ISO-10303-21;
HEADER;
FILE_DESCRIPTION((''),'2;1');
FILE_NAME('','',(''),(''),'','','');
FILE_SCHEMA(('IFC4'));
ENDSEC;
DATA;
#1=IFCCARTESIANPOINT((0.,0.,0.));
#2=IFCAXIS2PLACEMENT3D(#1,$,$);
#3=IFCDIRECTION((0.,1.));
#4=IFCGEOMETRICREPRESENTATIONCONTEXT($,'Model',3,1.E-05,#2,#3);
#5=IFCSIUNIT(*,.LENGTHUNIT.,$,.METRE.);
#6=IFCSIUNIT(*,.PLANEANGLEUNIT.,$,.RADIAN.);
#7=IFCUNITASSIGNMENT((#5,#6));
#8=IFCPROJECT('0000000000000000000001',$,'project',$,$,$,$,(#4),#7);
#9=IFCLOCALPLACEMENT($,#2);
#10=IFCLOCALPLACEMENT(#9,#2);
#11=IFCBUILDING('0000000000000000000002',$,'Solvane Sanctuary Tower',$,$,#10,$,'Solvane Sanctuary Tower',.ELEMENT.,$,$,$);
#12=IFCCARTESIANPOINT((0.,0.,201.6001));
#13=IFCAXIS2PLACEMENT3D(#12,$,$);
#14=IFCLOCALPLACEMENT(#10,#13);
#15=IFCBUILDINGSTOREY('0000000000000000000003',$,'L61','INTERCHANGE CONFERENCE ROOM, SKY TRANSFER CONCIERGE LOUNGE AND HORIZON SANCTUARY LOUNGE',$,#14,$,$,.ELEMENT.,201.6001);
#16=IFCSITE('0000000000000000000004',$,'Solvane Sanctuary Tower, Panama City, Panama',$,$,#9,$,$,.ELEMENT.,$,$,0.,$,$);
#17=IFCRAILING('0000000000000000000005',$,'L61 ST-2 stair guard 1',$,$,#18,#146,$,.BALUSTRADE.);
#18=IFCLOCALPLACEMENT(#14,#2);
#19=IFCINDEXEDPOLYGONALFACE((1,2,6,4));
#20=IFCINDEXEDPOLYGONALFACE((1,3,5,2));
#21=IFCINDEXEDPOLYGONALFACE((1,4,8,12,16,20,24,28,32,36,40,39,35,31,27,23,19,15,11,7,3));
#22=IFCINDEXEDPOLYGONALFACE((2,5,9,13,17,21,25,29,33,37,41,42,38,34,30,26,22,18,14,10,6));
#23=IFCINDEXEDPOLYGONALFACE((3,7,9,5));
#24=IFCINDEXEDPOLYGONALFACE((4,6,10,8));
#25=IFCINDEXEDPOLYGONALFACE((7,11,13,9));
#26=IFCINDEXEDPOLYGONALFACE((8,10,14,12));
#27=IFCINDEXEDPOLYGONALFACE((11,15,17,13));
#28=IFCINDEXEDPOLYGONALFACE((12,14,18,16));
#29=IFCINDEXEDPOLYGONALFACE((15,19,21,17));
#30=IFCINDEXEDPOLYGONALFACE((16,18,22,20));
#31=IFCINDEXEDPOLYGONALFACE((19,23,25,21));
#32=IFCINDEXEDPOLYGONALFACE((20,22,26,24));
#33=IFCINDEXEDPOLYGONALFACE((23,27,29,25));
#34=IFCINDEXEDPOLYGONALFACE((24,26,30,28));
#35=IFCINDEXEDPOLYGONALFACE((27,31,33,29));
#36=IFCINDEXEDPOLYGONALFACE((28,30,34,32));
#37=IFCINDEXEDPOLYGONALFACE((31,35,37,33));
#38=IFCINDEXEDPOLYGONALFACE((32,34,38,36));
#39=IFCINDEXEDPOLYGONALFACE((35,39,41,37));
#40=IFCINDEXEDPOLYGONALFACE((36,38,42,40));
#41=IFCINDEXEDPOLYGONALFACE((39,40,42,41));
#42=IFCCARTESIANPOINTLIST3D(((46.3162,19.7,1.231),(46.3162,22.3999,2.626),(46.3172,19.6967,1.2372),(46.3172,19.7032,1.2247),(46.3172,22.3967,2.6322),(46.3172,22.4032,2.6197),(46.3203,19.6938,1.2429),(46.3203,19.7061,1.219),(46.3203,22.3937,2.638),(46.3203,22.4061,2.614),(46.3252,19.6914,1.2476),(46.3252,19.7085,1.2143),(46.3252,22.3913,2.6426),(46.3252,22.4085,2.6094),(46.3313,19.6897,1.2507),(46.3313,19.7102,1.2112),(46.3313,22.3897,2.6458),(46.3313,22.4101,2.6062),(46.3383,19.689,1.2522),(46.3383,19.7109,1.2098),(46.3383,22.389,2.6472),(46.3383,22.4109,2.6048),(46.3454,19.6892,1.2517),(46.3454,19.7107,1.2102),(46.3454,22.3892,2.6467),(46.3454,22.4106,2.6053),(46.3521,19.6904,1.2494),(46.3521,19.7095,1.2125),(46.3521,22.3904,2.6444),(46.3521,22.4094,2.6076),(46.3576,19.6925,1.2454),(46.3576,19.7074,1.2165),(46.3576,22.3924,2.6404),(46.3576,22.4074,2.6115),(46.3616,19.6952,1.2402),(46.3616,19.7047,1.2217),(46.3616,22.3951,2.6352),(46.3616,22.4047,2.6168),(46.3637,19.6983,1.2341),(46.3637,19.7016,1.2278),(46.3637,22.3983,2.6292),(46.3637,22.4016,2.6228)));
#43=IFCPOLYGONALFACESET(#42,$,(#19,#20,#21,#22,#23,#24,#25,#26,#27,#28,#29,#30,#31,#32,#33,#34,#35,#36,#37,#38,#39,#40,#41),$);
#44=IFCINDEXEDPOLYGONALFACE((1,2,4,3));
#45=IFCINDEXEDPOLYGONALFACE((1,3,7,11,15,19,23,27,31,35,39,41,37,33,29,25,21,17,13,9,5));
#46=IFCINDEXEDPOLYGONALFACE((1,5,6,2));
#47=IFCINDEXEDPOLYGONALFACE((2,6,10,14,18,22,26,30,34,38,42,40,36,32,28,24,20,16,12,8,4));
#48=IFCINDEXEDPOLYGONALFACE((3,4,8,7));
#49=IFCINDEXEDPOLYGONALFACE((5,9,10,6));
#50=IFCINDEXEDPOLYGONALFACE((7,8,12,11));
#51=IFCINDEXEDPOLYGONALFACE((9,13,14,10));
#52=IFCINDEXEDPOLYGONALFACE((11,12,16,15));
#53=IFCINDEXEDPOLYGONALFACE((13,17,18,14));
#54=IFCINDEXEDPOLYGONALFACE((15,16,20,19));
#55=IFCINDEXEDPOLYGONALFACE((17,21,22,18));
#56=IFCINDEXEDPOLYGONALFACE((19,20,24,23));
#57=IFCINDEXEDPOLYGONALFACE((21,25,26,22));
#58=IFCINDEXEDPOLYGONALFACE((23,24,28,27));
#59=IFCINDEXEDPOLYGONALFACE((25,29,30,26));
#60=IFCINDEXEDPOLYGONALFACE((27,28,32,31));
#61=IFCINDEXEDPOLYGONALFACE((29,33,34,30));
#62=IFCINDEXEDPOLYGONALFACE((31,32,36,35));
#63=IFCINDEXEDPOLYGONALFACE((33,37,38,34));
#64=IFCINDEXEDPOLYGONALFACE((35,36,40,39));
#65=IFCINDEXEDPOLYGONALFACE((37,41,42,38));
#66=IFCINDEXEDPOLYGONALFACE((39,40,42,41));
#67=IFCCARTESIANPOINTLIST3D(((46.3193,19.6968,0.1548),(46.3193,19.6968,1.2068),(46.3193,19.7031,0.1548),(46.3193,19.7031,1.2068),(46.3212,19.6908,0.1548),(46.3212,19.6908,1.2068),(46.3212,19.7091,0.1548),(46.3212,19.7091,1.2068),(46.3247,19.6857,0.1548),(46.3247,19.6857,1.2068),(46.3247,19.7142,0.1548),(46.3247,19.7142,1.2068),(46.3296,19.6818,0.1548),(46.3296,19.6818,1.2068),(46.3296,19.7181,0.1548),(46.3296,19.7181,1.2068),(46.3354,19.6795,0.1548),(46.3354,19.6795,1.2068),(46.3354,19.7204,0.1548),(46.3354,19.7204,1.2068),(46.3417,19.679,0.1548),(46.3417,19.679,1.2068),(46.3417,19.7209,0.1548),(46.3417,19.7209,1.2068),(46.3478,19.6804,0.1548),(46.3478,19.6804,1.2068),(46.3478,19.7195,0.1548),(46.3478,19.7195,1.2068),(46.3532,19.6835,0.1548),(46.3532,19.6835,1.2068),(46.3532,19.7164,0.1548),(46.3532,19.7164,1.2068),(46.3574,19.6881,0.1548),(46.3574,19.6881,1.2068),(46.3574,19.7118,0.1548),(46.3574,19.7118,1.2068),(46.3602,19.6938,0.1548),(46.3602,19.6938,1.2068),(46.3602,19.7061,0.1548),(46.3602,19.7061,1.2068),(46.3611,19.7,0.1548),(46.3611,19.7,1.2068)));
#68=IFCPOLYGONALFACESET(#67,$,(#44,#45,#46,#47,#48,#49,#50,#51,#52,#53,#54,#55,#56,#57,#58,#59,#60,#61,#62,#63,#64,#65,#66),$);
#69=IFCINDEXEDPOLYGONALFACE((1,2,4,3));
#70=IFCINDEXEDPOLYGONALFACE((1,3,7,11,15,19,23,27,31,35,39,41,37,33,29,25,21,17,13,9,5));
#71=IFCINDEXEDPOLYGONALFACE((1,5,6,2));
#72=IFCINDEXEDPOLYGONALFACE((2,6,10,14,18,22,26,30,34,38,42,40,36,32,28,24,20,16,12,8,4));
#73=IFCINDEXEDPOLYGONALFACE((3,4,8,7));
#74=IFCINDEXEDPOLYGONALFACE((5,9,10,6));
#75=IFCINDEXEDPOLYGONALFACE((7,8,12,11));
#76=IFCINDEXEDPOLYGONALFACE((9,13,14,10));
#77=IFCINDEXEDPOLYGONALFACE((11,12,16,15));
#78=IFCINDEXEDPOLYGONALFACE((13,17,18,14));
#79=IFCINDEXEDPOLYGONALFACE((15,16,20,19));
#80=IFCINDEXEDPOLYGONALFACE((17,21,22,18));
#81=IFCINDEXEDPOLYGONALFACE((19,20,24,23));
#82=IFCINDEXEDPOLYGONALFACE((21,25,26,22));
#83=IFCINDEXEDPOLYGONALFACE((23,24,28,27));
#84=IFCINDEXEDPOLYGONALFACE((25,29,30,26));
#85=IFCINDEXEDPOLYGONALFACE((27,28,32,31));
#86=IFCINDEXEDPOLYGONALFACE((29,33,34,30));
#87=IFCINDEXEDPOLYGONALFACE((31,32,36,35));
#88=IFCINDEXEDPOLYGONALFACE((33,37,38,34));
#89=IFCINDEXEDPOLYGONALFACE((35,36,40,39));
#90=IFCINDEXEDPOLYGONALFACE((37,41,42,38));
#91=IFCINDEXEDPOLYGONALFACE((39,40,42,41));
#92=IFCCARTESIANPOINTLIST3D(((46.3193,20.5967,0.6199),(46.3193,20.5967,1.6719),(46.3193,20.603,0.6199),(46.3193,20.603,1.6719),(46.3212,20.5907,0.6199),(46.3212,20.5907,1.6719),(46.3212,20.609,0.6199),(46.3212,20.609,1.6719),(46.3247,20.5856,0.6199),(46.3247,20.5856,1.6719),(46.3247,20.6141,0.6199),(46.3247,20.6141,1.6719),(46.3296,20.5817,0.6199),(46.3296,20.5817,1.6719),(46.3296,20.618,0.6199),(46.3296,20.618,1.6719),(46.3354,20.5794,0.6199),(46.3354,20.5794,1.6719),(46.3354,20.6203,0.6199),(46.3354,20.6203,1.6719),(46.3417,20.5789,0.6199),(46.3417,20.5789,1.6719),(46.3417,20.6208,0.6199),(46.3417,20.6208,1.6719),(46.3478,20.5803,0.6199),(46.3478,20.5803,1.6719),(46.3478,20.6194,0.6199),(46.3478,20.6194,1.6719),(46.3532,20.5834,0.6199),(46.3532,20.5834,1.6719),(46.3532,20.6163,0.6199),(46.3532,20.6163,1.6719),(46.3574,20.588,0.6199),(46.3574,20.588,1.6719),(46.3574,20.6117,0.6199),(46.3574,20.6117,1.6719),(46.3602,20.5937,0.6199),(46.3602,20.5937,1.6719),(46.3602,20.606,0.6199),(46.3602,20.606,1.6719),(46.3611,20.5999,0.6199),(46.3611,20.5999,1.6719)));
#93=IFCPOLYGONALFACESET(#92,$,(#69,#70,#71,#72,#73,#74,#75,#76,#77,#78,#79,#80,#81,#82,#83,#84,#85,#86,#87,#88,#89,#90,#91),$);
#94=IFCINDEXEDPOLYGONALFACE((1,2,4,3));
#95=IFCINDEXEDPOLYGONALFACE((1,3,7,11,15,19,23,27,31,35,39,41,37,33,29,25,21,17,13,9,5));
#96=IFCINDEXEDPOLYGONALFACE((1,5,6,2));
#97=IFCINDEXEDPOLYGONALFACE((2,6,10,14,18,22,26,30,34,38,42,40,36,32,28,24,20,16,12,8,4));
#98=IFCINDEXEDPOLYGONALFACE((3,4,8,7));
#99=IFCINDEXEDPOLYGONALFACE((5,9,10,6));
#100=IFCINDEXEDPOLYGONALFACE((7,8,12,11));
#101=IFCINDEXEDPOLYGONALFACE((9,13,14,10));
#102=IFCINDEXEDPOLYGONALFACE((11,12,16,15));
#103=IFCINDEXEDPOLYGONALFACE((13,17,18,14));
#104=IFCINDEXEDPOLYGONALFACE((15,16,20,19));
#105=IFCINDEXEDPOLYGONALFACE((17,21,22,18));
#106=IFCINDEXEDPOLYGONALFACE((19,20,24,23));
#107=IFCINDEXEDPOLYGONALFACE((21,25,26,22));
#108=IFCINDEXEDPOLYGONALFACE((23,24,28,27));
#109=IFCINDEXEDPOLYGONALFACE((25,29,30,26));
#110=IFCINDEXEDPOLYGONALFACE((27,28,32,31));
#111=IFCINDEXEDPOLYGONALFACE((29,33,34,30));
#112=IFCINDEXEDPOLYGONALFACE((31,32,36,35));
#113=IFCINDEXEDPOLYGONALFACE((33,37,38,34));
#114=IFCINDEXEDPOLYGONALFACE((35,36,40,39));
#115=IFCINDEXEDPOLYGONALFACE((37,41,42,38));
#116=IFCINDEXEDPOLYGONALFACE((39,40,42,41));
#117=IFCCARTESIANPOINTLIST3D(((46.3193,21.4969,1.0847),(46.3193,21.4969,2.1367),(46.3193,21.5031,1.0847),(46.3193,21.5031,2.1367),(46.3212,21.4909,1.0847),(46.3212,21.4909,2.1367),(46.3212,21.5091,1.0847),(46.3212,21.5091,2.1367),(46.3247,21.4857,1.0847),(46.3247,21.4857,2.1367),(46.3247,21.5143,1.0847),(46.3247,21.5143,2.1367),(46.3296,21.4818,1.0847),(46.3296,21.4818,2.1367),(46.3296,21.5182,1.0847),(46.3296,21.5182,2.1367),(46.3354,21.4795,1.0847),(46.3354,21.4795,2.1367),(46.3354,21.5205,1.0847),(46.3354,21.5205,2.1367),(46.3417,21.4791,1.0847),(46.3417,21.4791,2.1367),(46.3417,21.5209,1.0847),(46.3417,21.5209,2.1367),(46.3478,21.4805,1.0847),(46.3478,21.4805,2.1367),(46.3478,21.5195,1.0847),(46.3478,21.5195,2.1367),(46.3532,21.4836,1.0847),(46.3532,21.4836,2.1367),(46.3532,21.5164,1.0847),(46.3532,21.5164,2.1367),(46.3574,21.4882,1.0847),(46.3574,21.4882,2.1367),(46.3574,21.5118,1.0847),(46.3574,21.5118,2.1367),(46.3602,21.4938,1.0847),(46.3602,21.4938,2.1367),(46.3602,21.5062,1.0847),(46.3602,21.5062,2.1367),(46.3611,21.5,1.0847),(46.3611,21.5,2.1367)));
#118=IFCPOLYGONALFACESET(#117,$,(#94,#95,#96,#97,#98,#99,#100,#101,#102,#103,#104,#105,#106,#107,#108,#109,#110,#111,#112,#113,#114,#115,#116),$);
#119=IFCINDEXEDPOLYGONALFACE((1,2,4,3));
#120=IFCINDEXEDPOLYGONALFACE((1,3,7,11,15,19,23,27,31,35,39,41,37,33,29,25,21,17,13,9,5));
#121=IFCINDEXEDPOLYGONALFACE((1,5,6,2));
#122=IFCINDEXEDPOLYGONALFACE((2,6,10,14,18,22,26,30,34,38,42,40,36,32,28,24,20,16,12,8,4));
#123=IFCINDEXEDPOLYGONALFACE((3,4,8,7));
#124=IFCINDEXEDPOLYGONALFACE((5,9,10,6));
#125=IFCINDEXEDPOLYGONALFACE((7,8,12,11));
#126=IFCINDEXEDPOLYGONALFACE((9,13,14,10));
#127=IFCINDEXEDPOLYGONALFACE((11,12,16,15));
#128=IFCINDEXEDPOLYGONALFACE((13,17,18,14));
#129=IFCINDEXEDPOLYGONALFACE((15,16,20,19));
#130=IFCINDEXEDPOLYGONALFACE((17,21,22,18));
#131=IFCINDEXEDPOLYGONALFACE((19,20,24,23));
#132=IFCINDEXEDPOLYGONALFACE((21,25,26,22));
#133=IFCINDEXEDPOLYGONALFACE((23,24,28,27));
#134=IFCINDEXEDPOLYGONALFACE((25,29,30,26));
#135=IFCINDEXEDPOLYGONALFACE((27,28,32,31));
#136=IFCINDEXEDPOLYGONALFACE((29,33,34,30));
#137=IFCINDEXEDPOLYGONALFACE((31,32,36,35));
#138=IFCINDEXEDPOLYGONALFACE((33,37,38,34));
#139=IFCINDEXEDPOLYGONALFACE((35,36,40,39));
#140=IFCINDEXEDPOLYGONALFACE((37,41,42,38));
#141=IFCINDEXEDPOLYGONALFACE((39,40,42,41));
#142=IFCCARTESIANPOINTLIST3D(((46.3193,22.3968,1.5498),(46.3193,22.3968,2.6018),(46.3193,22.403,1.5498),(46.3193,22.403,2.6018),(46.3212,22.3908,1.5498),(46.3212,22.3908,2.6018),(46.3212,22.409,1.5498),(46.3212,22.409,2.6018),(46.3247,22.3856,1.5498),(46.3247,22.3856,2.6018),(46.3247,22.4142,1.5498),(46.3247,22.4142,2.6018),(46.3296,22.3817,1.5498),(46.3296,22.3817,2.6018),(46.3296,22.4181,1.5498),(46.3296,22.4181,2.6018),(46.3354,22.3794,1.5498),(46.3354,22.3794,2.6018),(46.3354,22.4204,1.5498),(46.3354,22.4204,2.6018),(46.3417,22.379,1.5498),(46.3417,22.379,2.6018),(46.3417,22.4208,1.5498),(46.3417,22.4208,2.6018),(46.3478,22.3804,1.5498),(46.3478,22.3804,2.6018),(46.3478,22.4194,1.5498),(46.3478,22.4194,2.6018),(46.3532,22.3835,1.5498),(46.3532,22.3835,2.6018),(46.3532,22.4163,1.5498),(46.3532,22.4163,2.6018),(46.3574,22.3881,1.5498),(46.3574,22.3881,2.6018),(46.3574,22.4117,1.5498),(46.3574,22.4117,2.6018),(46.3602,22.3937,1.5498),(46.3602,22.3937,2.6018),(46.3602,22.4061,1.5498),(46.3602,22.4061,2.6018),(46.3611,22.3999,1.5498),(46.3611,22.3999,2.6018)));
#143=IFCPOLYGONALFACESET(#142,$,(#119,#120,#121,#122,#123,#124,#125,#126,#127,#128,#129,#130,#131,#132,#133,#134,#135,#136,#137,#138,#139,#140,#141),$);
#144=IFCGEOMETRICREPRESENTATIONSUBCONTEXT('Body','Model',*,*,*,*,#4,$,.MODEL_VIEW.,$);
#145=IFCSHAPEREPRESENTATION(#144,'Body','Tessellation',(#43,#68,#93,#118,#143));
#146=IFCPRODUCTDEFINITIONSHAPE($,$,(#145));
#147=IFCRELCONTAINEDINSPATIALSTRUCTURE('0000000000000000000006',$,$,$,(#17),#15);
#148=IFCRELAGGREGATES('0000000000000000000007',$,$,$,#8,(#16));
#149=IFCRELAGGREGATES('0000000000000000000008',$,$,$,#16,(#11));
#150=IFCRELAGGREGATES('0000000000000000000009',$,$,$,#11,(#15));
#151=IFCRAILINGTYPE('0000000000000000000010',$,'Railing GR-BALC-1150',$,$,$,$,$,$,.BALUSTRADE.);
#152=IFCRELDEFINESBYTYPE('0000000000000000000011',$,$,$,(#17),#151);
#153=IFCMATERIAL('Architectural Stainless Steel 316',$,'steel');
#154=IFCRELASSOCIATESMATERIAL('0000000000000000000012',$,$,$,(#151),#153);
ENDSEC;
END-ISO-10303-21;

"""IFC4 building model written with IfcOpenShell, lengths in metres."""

from ifc_helpers import new_model, si_unit, direction, frame, origin, origin_2d, place, context, subcontext, project, spatial, circle, extrude, material, type_object, element, save


model = new_model("IFC4")

# Units and contexts
model_context = context("Model", 3, precision=1e-05, world=origin(), true_north=direction((0.0, 1.0)))
body_context = subcontext(model_context, "Body", "Model", "MODEL_VIEW")
ifc_project = project(units=[si_unit("LENGTHUNIT", "METRE"), si_unit("PLANEANGLEUNIT", "RADIAN")], contexts=[model_context])

# Site, building, storey
site_placement = place(None, origin())
site = spatial("IfcSite", under=ifc_project, at=site_placement, Name="Solvane Sanctuary Tower, Panama City, Panama", CompositionType="ELEMENT", RefElevation=0.0)
building_placement = place(site_placement, origin())
building = spatial("IfcBuilding", under=site, at=building_placement, Name="Solvane Sanctuary Tower", LongName="Solvane Sanctuary Tower", CompositionType="ELEMENT")
storey_placement = place(building_placement, frame((0.0, 0.0, 201.6001)))
storey = spatial("IfcBuildingStorey", under=building, at=storey_placement, Name="L61", Description="INTERCHANGE CONFERENCE ROOM, SKY TRANSFER CONCIERGE LOUNGE AND HORIZON SANCTUARY LOUNGE", CompositionType="ELEMENT", Elevation=201.6001)

# Railing
ifc_material_1 = material(Name="Architectural Stainless Steel 316", Category="steel")
railing_type_1 = type_object("IfcRailingType", Name="Railing GR-BALC-1150", PredefinedType="BALUSTRADE", material=ifc_material_1)
railing_1_placement = place(storey_placement, frame((46.3401, 19.7, 0.1548)))
element("IfcRailing", 1, at=railing_1_placement, inside=storey, type_object=railing_type_1, Name="L61 ST-2 stair guard 1", PredefinedType="BALUSTRADE", context=body_context, shape_type="SweptSolid", body=[
    extrude(circle(Radius=0.0239, at=origin_2d()), frame((0.0, 0.0, 1.0762), z_axis=(0.0, 0.88842, 0.459032), x_axis=(-1.0, 0.0, 0.0)), (0.0, 0.0, 1.0), 3.0391),
    extrude(circle(Radius=0.021, at=origin_2d()), origin(), (0.0, 0.0, 1.0), 1.052),
    extrude(circle(Radius=0.021, at=origin_2d()), frame((0.0, 0.8999, 0.4651)), (0.0, 0.0, 1.0), 1.052),
    extrude(circle(Radius=0.021, at=origin_2d()), frame((0.0, 1.8, 0.9299)), (0.0, 0.0, 1.0), 1.052),
    extrude(circle(Radius=0.021, at=origin_2d()), frame((0.0, 2.7, 1.395)), (0.0, 0.0, 1.0), 1.052),
])

save(model, "model.ifc")
